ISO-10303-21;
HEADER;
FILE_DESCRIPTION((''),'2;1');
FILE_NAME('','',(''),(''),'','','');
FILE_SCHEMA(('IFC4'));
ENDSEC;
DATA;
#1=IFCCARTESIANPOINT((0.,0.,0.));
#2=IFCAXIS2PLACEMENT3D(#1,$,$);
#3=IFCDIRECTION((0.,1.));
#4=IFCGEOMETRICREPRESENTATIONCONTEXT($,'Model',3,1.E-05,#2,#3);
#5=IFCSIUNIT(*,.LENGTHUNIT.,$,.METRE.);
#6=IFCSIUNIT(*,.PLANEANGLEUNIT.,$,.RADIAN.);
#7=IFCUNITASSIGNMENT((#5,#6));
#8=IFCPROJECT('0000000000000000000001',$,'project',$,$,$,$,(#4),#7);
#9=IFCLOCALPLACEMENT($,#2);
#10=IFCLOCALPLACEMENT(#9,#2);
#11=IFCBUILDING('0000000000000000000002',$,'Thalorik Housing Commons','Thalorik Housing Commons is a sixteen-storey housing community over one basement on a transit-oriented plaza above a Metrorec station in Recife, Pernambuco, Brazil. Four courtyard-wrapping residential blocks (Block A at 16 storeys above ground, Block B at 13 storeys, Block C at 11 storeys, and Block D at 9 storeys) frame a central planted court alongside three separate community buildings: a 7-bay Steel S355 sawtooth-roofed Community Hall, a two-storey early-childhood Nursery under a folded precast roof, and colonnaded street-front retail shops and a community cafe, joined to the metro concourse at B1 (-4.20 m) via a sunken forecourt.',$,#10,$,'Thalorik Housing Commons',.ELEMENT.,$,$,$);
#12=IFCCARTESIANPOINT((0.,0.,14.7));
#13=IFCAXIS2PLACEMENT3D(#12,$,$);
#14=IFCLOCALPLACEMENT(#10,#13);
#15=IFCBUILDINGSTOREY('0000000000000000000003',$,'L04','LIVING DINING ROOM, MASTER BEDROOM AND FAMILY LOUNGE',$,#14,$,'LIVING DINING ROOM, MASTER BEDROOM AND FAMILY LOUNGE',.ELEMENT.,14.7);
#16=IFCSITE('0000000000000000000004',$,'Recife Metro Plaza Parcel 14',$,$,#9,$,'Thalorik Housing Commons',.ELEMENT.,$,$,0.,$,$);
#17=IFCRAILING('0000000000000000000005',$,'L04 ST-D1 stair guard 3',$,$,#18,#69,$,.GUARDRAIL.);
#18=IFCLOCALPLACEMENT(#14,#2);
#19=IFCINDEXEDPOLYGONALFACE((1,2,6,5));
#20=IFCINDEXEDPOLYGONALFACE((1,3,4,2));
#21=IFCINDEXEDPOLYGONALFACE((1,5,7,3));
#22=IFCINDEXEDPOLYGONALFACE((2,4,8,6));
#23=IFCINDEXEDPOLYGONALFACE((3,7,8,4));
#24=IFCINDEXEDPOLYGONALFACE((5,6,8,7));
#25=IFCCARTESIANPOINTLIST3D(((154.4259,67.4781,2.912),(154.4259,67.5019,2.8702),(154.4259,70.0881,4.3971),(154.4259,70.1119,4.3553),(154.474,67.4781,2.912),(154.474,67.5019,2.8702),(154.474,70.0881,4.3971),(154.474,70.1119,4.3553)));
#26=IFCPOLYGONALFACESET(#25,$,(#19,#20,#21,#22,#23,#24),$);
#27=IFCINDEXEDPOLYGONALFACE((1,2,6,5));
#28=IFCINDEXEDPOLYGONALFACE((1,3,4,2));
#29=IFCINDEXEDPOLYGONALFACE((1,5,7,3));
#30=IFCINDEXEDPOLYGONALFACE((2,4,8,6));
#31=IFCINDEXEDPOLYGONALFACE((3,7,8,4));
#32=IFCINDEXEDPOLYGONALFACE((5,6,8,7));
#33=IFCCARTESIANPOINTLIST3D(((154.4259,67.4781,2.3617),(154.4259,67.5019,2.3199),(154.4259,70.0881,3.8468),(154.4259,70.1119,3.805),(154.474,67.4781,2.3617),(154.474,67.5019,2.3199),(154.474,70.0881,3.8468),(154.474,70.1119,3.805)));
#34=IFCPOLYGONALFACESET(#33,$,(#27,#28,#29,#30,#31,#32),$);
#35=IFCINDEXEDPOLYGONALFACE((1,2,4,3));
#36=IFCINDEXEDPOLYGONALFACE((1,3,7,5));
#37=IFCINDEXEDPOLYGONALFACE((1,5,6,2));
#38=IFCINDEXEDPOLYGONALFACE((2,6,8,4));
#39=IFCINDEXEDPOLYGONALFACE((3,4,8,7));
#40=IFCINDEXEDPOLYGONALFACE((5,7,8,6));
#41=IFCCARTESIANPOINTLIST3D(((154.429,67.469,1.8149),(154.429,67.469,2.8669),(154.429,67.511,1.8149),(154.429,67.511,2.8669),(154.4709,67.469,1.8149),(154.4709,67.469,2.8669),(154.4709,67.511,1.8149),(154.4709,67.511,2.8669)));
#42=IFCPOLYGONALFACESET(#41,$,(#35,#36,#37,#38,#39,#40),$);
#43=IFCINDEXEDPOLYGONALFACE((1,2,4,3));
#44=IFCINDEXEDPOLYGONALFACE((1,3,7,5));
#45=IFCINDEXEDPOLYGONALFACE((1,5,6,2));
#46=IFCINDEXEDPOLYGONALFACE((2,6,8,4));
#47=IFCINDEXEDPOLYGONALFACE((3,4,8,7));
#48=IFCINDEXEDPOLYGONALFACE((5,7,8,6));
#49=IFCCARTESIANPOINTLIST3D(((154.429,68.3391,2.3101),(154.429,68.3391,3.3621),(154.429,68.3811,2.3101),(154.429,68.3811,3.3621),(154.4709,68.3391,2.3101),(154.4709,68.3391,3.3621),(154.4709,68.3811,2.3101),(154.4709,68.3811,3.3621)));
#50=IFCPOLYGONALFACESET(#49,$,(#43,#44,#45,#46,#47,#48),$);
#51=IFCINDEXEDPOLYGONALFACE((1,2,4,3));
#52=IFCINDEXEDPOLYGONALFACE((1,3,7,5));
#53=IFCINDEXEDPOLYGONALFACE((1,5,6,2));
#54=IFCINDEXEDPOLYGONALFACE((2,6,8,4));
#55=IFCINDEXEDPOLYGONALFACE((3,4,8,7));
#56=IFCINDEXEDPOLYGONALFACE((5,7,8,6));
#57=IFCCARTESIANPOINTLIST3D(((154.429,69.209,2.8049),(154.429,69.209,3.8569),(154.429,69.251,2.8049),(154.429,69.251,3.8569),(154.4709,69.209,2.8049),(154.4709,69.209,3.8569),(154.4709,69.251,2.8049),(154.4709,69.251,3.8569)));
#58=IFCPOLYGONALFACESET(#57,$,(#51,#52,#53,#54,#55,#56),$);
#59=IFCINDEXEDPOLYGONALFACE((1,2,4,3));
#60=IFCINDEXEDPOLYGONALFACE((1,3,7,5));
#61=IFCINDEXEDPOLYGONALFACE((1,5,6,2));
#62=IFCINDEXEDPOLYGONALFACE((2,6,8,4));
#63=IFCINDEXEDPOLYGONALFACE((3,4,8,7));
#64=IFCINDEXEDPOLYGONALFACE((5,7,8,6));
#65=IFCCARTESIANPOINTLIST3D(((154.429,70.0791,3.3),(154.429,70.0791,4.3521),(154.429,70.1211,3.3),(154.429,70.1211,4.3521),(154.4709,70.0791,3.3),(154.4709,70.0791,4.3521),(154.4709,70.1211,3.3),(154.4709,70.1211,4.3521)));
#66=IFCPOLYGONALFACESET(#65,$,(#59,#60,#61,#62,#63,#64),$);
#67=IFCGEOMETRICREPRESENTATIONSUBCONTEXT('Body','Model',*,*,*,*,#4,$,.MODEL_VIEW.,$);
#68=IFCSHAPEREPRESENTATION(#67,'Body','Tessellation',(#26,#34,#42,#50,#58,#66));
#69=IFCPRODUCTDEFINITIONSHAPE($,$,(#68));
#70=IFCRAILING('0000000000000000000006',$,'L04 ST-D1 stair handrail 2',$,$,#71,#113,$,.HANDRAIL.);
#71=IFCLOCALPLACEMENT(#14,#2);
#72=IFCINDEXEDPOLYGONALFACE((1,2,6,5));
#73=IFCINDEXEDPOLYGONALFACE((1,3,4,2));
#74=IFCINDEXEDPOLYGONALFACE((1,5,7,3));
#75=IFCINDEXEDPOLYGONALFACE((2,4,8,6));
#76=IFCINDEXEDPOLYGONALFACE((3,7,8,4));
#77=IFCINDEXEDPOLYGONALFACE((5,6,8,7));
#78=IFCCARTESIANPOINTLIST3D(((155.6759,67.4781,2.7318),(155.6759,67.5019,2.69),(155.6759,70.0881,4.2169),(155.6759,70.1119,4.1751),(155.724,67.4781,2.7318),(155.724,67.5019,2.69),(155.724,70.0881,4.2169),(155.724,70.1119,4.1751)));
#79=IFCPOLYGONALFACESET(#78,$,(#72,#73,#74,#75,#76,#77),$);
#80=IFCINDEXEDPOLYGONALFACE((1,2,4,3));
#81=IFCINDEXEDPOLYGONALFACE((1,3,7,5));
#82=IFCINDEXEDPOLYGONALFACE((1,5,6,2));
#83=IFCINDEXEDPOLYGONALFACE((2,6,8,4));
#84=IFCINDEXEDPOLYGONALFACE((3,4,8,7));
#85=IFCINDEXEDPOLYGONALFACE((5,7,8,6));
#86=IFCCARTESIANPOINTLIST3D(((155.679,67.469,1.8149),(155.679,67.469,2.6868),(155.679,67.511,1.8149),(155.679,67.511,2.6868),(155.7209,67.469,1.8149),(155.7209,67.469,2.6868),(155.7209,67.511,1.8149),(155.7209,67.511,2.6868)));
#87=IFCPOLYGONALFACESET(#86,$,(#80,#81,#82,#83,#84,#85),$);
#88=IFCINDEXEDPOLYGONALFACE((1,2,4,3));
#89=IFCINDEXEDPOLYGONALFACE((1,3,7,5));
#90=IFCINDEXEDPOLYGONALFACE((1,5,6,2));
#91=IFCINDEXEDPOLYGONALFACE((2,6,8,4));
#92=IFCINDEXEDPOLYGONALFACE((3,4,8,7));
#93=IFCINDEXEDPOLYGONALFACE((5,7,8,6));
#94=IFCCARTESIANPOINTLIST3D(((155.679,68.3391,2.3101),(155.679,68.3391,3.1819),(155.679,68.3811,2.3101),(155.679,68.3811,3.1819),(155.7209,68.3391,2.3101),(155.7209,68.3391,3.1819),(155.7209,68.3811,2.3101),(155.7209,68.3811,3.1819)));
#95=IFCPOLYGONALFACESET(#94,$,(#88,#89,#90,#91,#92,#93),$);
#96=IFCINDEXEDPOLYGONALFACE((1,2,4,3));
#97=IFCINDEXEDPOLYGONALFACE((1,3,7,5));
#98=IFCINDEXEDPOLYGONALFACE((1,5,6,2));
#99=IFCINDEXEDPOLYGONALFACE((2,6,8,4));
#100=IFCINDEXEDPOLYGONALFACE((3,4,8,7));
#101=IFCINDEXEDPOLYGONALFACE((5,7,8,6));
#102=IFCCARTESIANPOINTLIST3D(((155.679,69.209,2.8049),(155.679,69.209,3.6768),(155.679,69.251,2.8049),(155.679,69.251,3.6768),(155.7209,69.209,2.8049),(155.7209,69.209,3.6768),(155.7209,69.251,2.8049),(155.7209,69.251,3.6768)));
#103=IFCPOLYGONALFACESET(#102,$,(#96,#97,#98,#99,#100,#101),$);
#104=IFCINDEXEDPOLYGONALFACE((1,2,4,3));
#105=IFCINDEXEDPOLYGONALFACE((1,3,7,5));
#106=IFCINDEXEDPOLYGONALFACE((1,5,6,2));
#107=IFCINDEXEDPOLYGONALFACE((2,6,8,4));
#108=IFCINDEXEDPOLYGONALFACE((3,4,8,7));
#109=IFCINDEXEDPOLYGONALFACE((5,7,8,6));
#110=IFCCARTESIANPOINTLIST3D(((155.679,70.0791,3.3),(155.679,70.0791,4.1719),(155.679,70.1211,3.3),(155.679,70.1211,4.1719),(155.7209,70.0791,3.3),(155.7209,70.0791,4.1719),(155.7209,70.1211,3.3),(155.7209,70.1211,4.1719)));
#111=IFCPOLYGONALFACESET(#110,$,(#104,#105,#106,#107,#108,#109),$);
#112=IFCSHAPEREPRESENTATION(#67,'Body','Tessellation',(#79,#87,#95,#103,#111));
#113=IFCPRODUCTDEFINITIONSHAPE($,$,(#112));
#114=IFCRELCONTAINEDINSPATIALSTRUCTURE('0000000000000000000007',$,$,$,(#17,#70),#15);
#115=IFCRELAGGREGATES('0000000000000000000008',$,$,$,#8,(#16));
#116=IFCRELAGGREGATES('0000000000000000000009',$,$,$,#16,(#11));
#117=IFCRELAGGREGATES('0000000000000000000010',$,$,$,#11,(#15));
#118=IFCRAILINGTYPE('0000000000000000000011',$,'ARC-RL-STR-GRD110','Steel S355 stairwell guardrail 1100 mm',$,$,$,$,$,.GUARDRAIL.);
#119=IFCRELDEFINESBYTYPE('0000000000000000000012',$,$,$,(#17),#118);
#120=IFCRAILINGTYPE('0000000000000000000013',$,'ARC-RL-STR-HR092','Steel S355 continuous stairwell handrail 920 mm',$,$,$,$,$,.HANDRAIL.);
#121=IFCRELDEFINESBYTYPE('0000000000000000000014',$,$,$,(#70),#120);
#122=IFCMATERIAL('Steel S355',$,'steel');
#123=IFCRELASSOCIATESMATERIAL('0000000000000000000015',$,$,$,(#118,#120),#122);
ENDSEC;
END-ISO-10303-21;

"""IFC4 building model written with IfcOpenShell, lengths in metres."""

from ifc_helpers import new_model, si_unit, direction, frame, origin, origin_2d, place, context, subcontext, project, spatial, rectangle, extrude, material, type_object, element, save


model = new_model("IFC4")

# Units and contexts
model_context = context("Model", 3, precision=1e-05, world=origin(), true_north=direction((0.0, 1.0)))
body_context = subcontext(model_context, "Body", "Model", "MODEL_VIEW")
ifc_project = project(units=[si_unit("LENGTHUNIT", "METRE"), si_unit("PLANEANGLEUNIT", "RADIAN")], contexts=[model_context])

# Site, building, storey
site_placement = place(None, origin())
site = spatial("IfcSite", under=ifc_project, at=site_placement, Name="Recife Metro Plaza Parcel 14", LongName="Thalorik Housing Commons", CompositionType="ELEMENT", RefElevation=0.0)
building_placement = place(site_placement, origin())
building = spatial("IfcBuilding", under=site, at=building_placement, Name="Thalorik Housing Commons", Description="Thalorik Housing Commons is a sixteen-storey housing community over one basement on a transit-oriented plaza above a Metrorec station in Recife, Pernambuco, Brazil. Four courtyard-wrapping residential blocks (Block A at 16 storeys above ground, Block B at 13 storeys, Block C at 11 storeys, and Block D at 9 storeys) frame a central planted court alongside three separate community buildings: a 7-bay Steel S355 sawtooth-roofed Community Hall, a two-storey early-childhood Nursery under a folded precast roof, and colonnaded street-front retail shops and a community cafe, joined to the metro concourse at B1 (-4.20 m) via a sunken forecourt.", LongName="Thalorik Housing Commons", CompositionType="ELEMENT")
storey_placement = place(building_placement, frame((0.0, 0.0, 14.7)))
storey = spatial("IfcBuildingStorey", under=building, at=storey_placement, Name="L04", Description="LIVING DINING ROOM, MASTER BEDROOM AND FAMILY LOUNGE", LongName="LIVING DINING ROOM, MASTER BEDROOM AND FAMILY LOUNGE", CompositionType="ELEMENT", Elevation=14.7)

# Shared definitions
ifc_material_1 = material(Name="Steel S355", Category="steel")

# Railings
railing_type_1 = type_object("IfcRailingType", Name="ARC-RL-STR-GRD110", Description="Steel S355 stairwell guardrail 1100 mm", PredefinedType="GUARDRAIL", material=ifc_material_1)
railing_1_placement = place(storey_placement, frame((154.45, 67.49, 1.8149)))
element("IfcRailing", 1, at=railing_1_placement, inside=storey, type_object=railing_type_1, Name="L04 ST-D1 stair guard 3", PredefinedType="GUARDRAIL", context=body_context, shape_type="SweptSolid", body=[
    extrude(rectangle(XDim=0.0481, YDim=0.0481, at=origin_2d()), frame((0.0, 0.0, 1.0762), z_axis=(0.0, 0.869157, 0.494536), x_axis=(-1.0, 0.0, 0.0)), (0.0, 0.0, 1.0), 3.0029),
    extrude(rectangle(XDim=0.0481, YDim=0.0481, at=origin_2d()), frame((0.0, 0.0, 0.5259), z_axis=(0.0, 0.869157, 0.494536), x_axis=(-1.0, 0.0, 0.0)), (0.0, 0.0, 1.0), 3.0029),
    extrude(rectangle(XDim=0.042, YDim=0.042, at=origin_2d()), origin(), (0.0, 0.0, 1.0), 1.052),
    extrude(rectangle(XDim=0.042, YDim=0.042, at=origin_2d()), frame((0.0, 0.8701, 0.4951)), (0.0, 0.0, 1.0), 1.052),
    extrude(rectangle(XDim=0.042, YDim=0.042, at=origin_2d()), frame((0.0, 1.74, 0.99)), (0.0, 0.0, 1.0), 1.052),
    extrude(rectangle(XDim=0.042, YDim=0.042, at=origin_2d()), frame((0.0, 2.6101, 1.4851)), (0.0, 0.0, 1.0), 1.052),
])
railing_type_2 = type_object("IfcRailingType", Name="ARC-RL-STR-HR092", Description="Steel S355 continuous stairwell handrail 920 mm", PredefinedType="HANDRAIL", material=ifc_material_1)
railing_2_placement = place(storey_placement, frame((155.7, 67.49, 1.8149)))
element("IfcRailing", 2, at=railing_2_placement, inside=storey, type_object=railing_type_2, Name="L04 ST-D1 stair handrail 2", PredefinedType="HANDRAIL", context=body_context, shape_type="SweptSolid", body=[
    extrude(rectangle(XDim=0.0481, YDim=0.0481, at=origin_2d()), frame((0.0, 0.0, 0.896), z_axis=(0.0, 0.869157, 0.494536), x_axis=(-1.0, 0.0, 0.0)), (0.0, 0.0, 1.0), 3.0029),
    extrude(rectangle(XDim=0.042, YDim=0.042, at=origin_2d()), origin(), (0.0, 0.0, 1.0), 0.8718),
    extrude(rectangle(XDim=0.042, YDim=0.042, at=origin_2d()), frame((0.0, 0.8701, 0.4951)), (0.0, 0.0, 1.0), 0.8718),
    extrude(rectangle(XDim=0.042, YDim=0.042, at=origin_2d()), frame((0.0, 1.74, 0.99)), (0.0, 0.0, 1.0), 0.8718),
    extrude(rectangle(XDim=0.042, YDim=0.042, at=origin_2d()), frame((0.0, 2.6101, 1.4851)), (0.0, 0.0, 1.0), 0.8718),
])

save(model, "model.ifc")
